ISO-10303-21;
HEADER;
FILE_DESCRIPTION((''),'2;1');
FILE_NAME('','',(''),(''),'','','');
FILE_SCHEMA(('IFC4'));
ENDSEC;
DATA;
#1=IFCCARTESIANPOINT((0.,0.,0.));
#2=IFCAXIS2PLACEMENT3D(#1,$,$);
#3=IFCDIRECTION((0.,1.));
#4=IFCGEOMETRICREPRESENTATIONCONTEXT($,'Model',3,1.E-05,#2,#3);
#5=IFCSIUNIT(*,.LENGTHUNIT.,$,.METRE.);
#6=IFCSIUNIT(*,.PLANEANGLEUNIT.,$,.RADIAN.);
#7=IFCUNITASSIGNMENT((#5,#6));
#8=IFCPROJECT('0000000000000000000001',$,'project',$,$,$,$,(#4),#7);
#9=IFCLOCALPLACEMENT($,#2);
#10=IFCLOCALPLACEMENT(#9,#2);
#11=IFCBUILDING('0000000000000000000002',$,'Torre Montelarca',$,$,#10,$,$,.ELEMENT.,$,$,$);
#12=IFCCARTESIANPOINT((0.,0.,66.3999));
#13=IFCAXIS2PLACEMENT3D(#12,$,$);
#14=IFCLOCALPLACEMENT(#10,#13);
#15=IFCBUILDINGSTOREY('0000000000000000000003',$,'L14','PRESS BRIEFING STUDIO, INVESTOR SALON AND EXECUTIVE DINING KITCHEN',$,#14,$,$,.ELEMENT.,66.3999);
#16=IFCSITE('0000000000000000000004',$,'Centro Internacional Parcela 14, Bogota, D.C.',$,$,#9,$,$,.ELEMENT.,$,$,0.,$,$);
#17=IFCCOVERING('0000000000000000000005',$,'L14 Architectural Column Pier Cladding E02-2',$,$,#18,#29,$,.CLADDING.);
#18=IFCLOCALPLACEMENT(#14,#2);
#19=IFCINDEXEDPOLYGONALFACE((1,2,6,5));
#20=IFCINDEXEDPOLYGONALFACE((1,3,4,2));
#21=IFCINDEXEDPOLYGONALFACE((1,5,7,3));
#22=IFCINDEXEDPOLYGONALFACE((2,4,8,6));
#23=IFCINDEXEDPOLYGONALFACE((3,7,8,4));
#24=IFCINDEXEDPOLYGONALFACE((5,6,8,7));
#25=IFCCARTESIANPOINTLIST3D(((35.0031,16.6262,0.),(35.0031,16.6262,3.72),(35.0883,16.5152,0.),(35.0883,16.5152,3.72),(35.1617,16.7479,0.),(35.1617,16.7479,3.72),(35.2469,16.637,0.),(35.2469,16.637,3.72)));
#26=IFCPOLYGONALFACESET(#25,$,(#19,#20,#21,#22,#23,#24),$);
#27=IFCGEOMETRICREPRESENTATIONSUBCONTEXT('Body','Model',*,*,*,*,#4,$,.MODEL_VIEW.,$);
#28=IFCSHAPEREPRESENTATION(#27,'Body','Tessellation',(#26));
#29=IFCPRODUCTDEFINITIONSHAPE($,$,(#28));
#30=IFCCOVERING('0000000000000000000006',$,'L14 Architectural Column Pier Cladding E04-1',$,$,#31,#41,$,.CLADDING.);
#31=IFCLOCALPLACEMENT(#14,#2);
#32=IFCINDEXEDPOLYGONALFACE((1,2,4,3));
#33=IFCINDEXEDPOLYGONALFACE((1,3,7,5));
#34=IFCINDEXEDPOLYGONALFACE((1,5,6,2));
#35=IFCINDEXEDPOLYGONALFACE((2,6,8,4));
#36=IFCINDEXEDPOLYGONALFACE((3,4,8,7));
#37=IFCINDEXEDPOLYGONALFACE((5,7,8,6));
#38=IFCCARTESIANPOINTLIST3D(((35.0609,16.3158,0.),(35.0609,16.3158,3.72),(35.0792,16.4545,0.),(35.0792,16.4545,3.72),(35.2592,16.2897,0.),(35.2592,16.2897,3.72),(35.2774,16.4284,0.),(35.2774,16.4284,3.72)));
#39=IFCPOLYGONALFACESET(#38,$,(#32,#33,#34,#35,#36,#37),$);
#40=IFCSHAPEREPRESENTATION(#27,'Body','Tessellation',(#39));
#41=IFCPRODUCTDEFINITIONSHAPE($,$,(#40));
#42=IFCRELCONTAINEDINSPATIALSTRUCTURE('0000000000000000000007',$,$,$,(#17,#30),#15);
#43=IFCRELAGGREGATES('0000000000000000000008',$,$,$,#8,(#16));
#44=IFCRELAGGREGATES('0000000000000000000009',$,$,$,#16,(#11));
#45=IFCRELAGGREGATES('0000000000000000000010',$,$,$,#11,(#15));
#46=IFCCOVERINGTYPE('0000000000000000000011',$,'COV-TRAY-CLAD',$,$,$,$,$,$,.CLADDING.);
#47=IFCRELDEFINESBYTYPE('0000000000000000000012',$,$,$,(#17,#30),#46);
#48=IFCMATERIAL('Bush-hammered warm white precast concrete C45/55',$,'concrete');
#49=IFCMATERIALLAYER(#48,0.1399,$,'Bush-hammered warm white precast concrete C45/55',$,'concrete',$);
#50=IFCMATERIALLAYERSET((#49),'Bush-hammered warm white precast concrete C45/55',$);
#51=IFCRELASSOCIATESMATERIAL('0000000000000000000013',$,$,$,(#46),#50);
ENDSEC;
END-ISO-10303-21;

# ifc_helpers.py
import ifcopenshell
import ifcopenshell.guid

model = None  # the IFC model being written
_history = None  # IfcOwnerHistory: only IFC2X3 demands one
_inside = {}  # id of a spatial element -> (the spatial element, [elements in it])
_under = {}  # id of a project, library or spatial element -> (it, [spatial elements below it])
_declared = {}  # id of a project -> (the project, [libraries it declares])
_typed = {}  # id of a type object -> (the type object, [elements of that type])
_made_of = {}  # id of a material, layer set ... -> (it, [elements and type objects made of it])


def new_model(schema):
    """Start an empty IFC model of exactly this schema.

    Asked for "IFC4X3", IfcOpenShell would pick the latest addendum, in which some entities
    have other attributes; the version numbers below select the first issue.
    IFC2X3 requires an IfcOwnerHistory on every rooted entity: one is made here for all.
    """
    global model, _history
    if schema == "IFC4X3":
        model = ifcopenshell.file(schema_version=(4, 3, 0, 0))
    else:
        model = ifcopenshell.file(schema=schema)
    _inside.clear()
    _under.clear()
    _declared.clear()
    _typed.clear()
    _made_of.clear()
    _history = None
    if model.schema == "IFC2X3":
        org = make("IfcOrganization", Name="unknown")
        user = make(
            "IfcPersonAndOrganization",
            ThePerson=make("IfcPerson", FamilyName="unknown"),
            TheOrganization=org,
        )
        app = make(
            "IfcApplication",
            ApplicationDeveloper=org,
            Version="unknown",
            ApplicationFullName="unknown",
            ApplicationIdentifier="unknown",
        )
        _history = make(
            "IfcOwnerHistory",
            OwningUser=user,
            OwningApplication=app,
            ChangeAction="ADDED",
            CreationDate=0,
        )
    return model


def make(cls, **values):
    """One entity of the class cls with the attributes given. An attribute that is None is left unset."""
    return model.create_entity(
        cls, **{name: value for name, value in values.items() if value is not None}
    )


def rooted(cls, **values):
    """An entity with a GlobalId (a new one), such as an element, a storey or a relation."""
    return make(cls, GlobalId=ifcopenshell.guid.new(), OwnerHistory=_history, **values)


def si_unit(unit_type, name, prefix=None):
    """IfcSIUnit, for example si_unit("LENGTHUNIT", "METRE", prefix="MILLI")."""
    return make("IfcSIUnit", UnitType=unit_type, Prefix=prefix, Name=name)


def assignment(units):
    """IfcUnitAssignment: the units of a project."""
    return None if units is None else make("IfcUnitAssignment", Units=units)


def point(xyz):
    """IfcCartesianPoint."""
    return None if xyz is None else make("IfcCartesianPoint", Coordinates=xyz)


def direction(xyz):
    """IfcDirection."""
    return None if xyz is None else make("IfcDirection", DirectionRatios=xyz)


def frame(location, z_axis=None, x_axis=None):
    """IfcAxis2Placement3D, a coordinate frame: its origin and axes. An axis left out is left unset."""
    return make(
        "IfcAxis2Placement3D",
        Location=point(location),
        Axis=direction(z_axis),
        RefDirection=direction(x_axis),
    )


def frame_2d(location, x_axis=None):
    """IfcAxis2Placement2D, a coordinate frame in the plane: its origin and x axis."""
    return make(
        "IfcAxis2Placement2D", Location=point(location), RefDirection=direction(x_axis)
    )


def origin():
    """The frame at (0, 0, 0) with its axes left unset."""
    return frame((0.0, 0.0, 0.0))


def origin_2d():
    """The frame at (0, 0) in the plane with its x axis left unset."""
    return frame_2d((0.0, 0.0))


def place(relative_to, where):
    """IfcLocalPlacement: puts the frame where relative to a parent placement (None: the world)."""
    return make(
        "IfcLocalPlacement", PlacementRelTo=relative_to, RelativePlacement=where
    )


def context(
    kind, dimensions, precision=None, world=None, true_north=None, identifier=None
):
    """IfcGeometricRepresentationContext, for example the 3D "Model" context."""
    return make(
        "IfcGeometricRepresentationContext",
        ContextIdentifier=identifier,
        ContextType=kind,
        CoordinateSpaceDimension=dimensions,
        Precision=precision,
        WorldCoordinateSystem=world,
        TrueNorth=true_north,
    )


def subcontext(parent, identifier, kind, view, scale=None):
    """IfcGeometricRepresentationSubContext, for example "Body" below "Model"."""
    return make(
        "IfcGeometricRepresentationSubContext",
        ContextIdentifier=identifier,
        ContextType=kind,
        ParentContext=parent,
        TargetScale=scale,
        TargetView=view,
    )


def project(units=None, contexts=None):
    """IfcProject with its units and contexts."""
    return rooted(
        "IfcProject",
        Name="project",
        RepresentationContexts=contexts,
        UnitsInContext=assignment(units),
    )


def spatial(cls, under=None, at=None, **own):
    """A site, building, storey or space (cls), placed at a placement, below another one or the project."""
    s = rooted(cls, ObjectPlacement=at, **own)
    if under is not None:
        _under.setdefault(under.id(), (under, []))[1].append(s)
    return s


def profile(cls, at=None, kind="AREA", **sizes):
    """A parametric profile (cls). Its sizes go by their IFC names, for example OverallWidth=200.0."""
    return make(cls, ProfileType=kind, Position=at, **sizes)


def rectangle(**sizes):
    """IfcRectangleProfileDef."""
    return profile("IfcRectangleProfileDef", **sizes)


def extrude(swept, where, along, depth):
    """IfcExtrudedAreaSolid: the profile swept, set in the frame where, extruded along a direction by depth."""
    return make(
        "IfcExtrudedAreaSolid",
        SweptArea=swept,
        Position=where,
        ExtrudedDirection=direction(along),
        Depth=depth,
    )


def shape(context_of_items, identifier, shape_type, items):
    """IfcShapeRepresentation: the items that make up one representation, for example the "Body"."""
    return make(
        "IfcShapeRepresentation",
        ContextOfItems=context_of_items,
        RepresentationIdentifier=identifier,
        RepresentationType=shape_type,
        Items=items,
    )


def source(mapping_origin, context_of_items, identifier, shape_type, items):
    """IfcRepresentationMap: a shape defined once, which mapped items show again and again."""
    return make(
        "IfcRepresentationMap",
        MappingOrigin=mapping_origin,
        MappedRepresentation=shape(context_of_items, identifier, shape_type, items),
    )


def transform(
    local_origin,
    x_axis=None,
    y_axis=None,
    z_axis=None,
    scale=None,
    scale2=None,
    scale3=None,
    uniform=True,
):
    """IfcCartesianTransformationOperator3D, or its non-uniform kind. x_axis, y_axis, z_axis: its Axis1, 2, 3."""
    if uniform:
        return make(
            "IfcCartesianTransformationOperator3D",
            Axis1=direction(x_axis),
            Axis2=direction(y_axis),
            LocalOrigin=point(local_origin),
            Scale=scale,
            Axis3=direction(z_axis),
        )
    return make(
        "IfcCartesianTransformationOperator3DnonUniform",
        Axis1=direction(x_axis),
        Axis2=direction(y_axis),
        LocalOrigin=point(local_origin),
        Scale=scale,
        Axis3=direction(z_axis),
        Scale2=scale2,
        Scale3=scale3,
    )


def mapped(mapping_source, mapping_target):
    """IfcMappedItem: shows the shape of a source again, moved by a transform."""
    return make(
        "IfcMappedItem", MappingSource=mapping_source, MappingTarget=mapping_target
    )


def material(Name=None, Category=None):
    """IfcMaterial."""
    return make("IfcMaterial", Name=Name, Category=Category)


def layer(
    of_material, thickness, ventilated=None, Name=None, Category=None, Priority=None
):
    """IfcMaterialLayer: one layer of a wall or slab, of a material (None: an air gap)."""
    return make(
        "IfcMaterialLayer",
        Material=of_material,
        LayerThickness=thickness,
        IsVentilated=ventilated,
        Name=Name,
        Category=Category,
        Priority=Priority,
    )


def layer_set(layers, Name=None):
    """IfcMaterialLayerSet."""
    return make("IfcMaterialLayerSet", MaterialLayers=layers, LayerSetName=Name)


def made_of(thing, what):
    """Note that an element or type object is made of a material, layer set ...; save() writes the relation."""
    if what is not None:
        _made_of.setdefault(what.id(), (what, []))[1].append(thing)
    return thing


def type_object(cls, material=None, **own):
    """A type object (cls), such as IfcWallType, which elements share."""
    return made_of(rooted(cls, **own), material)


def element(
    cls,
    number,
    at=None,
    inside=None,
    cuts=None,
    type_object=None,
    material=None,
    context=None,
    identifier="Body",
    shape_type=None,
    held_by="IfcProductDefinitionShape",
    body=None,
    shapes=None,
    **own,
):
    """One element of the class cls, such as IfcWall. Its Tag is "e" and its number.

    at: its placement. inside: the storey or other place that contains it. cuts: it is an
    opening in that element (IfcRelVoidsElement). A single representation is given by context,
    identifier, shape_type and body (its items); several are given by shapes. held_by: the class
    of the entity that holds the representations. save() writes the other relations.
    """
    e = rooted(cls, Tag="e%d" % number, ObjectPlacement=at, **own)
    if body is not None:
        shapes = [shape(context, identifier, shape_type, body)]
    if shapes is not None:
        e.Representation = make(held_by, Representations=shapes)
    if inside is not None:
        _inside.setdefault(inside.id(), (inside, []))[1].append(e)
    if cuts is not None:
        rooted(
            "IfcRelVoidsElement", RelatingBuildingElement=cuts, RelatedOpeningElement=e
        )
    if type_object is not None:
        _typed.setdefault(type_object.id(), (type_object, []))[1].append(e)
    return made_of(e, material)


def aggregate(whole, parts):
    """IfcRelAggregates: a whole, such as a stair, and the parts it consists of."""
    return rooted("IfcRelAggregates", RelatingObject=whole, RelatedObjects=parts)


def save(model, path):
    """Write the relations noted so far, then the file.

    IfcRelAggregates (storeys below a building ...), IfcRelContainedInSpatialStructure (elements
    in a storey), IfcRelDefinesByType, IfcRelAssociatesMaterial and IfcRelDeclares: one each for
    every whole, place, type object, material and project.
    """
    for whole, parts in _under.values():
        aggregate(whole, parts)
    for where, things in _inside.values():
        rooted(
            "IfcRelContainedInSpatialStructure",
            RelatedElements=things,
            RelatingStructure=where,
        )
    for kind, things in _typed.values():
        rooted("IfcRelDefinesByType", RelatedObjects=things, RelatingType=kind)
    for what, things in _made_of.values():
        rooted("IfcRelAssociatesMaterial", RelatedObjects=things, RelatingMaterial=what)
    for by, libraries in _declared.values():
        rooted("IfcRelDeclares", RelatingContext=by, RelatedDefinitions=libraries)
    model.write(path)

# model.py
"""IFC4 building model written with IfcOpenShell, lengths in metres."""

from ifc_helpers import new_model, si_unit, direction, frame, origin, origin_2d, place, context, subcontext, project, spatial, rectangle, extrude, source, transform, mapped, material, layer, layer_set, type_object, element, save


model = new_model("IFC4")

# Units and contexts
model_context = context("Model", 3, precision=1e-05, world=origin(), true_north=direction((0.0, 1.0)))
body_context = subcontext(model_context, "Body", "Model", "MODEL_VIEW")
ifc_project = project(units=[si_unit("LENGTHUNIT", "METRE"), si_unit("PLANEANGLEUNIT", "RADIAN")], contexts=[model_context])

# Site, building, storey
site_placement = place(None, origin())
site = spatial("IfcSite", under=ifc_project, at=site_placement, Name="Centro Internacional Parcela 14, Bogota, D.C.", CompositionType="ELEMENT", RefElevation=0.0)
building_placement = place(site_placement, origin())
building = spatial("IfcBuilding", under=site, at=building_placement, Name="Torre Montelarca", CompositionType="ELEMENT")
storey_placement = place(building_placement, frame((0.0, 0.0, 66.3999)))
storey = spatial("IfcBuildingStorey", under=building, at=storey_placement, Name="L14", Description="PRESS BRIEFING STUDIO, INVESTOR SALON AND EXECUTIVE DINING KITCHEN", CompositionType="ELEMENT", Elevation=66.3999)

# Coverings
ifc_material_1 = material(Name="Bush-hammered warm white precast concrete C45/55", Category="concrete")
ifc_layer_1 = layer(ifc_material_1, 0.1399, Name="Bush-hammered warm white precast concrete C45/55", Category="concrete")
ifc_layer_set_1 = layer_set([ifc_layer_1], Name="Bush-hammered warm white precast concrete C45/55")
covering_type = type_object("IfcCoveringType", Name="COV-TRAY-CLAD", PredefinedType="CLADDING", material=ifc_layer_set_1)
shared_shape_1 = source(origin(), body_context, "Body", "SweptSolid", [
    extrude(rectangle(XDim=0.2, YDim=0.1399, at=origin_2d()), origin(), (0.0, 0.0, 1.0), 3.72),
])
for number, where, z_axis, x_axis, name in (
    (1, (35.125, 16.6316, 0.0), (0.0, 0.0, 1.0), (0.793349, 0.608767, 0.0), "L14 Architectural Column Pier Cladding E02-2"),
    (2, (35.1692, 16.3721, 0.0), (0.0, 0.0, 1.0), (0.991445, -0.130526, 0.0), "L14 Architectural Column Pier Cladding E04-1"),
):
    element("IfcCovering", number, at=place(storey_placement, frame(where, z_axis=z_axis, x_axis=x_axis)), inside=storey, type_object=covering_type, Name=name, PredefinedType="CLADDING", context=body_context, shape_type="MappedRepresentation", body=[
        mapped(shared_shape_1, transform((0.0, 0.0, 0.0), scale=1.0)),
    ])

save(model, "model.ifc")
